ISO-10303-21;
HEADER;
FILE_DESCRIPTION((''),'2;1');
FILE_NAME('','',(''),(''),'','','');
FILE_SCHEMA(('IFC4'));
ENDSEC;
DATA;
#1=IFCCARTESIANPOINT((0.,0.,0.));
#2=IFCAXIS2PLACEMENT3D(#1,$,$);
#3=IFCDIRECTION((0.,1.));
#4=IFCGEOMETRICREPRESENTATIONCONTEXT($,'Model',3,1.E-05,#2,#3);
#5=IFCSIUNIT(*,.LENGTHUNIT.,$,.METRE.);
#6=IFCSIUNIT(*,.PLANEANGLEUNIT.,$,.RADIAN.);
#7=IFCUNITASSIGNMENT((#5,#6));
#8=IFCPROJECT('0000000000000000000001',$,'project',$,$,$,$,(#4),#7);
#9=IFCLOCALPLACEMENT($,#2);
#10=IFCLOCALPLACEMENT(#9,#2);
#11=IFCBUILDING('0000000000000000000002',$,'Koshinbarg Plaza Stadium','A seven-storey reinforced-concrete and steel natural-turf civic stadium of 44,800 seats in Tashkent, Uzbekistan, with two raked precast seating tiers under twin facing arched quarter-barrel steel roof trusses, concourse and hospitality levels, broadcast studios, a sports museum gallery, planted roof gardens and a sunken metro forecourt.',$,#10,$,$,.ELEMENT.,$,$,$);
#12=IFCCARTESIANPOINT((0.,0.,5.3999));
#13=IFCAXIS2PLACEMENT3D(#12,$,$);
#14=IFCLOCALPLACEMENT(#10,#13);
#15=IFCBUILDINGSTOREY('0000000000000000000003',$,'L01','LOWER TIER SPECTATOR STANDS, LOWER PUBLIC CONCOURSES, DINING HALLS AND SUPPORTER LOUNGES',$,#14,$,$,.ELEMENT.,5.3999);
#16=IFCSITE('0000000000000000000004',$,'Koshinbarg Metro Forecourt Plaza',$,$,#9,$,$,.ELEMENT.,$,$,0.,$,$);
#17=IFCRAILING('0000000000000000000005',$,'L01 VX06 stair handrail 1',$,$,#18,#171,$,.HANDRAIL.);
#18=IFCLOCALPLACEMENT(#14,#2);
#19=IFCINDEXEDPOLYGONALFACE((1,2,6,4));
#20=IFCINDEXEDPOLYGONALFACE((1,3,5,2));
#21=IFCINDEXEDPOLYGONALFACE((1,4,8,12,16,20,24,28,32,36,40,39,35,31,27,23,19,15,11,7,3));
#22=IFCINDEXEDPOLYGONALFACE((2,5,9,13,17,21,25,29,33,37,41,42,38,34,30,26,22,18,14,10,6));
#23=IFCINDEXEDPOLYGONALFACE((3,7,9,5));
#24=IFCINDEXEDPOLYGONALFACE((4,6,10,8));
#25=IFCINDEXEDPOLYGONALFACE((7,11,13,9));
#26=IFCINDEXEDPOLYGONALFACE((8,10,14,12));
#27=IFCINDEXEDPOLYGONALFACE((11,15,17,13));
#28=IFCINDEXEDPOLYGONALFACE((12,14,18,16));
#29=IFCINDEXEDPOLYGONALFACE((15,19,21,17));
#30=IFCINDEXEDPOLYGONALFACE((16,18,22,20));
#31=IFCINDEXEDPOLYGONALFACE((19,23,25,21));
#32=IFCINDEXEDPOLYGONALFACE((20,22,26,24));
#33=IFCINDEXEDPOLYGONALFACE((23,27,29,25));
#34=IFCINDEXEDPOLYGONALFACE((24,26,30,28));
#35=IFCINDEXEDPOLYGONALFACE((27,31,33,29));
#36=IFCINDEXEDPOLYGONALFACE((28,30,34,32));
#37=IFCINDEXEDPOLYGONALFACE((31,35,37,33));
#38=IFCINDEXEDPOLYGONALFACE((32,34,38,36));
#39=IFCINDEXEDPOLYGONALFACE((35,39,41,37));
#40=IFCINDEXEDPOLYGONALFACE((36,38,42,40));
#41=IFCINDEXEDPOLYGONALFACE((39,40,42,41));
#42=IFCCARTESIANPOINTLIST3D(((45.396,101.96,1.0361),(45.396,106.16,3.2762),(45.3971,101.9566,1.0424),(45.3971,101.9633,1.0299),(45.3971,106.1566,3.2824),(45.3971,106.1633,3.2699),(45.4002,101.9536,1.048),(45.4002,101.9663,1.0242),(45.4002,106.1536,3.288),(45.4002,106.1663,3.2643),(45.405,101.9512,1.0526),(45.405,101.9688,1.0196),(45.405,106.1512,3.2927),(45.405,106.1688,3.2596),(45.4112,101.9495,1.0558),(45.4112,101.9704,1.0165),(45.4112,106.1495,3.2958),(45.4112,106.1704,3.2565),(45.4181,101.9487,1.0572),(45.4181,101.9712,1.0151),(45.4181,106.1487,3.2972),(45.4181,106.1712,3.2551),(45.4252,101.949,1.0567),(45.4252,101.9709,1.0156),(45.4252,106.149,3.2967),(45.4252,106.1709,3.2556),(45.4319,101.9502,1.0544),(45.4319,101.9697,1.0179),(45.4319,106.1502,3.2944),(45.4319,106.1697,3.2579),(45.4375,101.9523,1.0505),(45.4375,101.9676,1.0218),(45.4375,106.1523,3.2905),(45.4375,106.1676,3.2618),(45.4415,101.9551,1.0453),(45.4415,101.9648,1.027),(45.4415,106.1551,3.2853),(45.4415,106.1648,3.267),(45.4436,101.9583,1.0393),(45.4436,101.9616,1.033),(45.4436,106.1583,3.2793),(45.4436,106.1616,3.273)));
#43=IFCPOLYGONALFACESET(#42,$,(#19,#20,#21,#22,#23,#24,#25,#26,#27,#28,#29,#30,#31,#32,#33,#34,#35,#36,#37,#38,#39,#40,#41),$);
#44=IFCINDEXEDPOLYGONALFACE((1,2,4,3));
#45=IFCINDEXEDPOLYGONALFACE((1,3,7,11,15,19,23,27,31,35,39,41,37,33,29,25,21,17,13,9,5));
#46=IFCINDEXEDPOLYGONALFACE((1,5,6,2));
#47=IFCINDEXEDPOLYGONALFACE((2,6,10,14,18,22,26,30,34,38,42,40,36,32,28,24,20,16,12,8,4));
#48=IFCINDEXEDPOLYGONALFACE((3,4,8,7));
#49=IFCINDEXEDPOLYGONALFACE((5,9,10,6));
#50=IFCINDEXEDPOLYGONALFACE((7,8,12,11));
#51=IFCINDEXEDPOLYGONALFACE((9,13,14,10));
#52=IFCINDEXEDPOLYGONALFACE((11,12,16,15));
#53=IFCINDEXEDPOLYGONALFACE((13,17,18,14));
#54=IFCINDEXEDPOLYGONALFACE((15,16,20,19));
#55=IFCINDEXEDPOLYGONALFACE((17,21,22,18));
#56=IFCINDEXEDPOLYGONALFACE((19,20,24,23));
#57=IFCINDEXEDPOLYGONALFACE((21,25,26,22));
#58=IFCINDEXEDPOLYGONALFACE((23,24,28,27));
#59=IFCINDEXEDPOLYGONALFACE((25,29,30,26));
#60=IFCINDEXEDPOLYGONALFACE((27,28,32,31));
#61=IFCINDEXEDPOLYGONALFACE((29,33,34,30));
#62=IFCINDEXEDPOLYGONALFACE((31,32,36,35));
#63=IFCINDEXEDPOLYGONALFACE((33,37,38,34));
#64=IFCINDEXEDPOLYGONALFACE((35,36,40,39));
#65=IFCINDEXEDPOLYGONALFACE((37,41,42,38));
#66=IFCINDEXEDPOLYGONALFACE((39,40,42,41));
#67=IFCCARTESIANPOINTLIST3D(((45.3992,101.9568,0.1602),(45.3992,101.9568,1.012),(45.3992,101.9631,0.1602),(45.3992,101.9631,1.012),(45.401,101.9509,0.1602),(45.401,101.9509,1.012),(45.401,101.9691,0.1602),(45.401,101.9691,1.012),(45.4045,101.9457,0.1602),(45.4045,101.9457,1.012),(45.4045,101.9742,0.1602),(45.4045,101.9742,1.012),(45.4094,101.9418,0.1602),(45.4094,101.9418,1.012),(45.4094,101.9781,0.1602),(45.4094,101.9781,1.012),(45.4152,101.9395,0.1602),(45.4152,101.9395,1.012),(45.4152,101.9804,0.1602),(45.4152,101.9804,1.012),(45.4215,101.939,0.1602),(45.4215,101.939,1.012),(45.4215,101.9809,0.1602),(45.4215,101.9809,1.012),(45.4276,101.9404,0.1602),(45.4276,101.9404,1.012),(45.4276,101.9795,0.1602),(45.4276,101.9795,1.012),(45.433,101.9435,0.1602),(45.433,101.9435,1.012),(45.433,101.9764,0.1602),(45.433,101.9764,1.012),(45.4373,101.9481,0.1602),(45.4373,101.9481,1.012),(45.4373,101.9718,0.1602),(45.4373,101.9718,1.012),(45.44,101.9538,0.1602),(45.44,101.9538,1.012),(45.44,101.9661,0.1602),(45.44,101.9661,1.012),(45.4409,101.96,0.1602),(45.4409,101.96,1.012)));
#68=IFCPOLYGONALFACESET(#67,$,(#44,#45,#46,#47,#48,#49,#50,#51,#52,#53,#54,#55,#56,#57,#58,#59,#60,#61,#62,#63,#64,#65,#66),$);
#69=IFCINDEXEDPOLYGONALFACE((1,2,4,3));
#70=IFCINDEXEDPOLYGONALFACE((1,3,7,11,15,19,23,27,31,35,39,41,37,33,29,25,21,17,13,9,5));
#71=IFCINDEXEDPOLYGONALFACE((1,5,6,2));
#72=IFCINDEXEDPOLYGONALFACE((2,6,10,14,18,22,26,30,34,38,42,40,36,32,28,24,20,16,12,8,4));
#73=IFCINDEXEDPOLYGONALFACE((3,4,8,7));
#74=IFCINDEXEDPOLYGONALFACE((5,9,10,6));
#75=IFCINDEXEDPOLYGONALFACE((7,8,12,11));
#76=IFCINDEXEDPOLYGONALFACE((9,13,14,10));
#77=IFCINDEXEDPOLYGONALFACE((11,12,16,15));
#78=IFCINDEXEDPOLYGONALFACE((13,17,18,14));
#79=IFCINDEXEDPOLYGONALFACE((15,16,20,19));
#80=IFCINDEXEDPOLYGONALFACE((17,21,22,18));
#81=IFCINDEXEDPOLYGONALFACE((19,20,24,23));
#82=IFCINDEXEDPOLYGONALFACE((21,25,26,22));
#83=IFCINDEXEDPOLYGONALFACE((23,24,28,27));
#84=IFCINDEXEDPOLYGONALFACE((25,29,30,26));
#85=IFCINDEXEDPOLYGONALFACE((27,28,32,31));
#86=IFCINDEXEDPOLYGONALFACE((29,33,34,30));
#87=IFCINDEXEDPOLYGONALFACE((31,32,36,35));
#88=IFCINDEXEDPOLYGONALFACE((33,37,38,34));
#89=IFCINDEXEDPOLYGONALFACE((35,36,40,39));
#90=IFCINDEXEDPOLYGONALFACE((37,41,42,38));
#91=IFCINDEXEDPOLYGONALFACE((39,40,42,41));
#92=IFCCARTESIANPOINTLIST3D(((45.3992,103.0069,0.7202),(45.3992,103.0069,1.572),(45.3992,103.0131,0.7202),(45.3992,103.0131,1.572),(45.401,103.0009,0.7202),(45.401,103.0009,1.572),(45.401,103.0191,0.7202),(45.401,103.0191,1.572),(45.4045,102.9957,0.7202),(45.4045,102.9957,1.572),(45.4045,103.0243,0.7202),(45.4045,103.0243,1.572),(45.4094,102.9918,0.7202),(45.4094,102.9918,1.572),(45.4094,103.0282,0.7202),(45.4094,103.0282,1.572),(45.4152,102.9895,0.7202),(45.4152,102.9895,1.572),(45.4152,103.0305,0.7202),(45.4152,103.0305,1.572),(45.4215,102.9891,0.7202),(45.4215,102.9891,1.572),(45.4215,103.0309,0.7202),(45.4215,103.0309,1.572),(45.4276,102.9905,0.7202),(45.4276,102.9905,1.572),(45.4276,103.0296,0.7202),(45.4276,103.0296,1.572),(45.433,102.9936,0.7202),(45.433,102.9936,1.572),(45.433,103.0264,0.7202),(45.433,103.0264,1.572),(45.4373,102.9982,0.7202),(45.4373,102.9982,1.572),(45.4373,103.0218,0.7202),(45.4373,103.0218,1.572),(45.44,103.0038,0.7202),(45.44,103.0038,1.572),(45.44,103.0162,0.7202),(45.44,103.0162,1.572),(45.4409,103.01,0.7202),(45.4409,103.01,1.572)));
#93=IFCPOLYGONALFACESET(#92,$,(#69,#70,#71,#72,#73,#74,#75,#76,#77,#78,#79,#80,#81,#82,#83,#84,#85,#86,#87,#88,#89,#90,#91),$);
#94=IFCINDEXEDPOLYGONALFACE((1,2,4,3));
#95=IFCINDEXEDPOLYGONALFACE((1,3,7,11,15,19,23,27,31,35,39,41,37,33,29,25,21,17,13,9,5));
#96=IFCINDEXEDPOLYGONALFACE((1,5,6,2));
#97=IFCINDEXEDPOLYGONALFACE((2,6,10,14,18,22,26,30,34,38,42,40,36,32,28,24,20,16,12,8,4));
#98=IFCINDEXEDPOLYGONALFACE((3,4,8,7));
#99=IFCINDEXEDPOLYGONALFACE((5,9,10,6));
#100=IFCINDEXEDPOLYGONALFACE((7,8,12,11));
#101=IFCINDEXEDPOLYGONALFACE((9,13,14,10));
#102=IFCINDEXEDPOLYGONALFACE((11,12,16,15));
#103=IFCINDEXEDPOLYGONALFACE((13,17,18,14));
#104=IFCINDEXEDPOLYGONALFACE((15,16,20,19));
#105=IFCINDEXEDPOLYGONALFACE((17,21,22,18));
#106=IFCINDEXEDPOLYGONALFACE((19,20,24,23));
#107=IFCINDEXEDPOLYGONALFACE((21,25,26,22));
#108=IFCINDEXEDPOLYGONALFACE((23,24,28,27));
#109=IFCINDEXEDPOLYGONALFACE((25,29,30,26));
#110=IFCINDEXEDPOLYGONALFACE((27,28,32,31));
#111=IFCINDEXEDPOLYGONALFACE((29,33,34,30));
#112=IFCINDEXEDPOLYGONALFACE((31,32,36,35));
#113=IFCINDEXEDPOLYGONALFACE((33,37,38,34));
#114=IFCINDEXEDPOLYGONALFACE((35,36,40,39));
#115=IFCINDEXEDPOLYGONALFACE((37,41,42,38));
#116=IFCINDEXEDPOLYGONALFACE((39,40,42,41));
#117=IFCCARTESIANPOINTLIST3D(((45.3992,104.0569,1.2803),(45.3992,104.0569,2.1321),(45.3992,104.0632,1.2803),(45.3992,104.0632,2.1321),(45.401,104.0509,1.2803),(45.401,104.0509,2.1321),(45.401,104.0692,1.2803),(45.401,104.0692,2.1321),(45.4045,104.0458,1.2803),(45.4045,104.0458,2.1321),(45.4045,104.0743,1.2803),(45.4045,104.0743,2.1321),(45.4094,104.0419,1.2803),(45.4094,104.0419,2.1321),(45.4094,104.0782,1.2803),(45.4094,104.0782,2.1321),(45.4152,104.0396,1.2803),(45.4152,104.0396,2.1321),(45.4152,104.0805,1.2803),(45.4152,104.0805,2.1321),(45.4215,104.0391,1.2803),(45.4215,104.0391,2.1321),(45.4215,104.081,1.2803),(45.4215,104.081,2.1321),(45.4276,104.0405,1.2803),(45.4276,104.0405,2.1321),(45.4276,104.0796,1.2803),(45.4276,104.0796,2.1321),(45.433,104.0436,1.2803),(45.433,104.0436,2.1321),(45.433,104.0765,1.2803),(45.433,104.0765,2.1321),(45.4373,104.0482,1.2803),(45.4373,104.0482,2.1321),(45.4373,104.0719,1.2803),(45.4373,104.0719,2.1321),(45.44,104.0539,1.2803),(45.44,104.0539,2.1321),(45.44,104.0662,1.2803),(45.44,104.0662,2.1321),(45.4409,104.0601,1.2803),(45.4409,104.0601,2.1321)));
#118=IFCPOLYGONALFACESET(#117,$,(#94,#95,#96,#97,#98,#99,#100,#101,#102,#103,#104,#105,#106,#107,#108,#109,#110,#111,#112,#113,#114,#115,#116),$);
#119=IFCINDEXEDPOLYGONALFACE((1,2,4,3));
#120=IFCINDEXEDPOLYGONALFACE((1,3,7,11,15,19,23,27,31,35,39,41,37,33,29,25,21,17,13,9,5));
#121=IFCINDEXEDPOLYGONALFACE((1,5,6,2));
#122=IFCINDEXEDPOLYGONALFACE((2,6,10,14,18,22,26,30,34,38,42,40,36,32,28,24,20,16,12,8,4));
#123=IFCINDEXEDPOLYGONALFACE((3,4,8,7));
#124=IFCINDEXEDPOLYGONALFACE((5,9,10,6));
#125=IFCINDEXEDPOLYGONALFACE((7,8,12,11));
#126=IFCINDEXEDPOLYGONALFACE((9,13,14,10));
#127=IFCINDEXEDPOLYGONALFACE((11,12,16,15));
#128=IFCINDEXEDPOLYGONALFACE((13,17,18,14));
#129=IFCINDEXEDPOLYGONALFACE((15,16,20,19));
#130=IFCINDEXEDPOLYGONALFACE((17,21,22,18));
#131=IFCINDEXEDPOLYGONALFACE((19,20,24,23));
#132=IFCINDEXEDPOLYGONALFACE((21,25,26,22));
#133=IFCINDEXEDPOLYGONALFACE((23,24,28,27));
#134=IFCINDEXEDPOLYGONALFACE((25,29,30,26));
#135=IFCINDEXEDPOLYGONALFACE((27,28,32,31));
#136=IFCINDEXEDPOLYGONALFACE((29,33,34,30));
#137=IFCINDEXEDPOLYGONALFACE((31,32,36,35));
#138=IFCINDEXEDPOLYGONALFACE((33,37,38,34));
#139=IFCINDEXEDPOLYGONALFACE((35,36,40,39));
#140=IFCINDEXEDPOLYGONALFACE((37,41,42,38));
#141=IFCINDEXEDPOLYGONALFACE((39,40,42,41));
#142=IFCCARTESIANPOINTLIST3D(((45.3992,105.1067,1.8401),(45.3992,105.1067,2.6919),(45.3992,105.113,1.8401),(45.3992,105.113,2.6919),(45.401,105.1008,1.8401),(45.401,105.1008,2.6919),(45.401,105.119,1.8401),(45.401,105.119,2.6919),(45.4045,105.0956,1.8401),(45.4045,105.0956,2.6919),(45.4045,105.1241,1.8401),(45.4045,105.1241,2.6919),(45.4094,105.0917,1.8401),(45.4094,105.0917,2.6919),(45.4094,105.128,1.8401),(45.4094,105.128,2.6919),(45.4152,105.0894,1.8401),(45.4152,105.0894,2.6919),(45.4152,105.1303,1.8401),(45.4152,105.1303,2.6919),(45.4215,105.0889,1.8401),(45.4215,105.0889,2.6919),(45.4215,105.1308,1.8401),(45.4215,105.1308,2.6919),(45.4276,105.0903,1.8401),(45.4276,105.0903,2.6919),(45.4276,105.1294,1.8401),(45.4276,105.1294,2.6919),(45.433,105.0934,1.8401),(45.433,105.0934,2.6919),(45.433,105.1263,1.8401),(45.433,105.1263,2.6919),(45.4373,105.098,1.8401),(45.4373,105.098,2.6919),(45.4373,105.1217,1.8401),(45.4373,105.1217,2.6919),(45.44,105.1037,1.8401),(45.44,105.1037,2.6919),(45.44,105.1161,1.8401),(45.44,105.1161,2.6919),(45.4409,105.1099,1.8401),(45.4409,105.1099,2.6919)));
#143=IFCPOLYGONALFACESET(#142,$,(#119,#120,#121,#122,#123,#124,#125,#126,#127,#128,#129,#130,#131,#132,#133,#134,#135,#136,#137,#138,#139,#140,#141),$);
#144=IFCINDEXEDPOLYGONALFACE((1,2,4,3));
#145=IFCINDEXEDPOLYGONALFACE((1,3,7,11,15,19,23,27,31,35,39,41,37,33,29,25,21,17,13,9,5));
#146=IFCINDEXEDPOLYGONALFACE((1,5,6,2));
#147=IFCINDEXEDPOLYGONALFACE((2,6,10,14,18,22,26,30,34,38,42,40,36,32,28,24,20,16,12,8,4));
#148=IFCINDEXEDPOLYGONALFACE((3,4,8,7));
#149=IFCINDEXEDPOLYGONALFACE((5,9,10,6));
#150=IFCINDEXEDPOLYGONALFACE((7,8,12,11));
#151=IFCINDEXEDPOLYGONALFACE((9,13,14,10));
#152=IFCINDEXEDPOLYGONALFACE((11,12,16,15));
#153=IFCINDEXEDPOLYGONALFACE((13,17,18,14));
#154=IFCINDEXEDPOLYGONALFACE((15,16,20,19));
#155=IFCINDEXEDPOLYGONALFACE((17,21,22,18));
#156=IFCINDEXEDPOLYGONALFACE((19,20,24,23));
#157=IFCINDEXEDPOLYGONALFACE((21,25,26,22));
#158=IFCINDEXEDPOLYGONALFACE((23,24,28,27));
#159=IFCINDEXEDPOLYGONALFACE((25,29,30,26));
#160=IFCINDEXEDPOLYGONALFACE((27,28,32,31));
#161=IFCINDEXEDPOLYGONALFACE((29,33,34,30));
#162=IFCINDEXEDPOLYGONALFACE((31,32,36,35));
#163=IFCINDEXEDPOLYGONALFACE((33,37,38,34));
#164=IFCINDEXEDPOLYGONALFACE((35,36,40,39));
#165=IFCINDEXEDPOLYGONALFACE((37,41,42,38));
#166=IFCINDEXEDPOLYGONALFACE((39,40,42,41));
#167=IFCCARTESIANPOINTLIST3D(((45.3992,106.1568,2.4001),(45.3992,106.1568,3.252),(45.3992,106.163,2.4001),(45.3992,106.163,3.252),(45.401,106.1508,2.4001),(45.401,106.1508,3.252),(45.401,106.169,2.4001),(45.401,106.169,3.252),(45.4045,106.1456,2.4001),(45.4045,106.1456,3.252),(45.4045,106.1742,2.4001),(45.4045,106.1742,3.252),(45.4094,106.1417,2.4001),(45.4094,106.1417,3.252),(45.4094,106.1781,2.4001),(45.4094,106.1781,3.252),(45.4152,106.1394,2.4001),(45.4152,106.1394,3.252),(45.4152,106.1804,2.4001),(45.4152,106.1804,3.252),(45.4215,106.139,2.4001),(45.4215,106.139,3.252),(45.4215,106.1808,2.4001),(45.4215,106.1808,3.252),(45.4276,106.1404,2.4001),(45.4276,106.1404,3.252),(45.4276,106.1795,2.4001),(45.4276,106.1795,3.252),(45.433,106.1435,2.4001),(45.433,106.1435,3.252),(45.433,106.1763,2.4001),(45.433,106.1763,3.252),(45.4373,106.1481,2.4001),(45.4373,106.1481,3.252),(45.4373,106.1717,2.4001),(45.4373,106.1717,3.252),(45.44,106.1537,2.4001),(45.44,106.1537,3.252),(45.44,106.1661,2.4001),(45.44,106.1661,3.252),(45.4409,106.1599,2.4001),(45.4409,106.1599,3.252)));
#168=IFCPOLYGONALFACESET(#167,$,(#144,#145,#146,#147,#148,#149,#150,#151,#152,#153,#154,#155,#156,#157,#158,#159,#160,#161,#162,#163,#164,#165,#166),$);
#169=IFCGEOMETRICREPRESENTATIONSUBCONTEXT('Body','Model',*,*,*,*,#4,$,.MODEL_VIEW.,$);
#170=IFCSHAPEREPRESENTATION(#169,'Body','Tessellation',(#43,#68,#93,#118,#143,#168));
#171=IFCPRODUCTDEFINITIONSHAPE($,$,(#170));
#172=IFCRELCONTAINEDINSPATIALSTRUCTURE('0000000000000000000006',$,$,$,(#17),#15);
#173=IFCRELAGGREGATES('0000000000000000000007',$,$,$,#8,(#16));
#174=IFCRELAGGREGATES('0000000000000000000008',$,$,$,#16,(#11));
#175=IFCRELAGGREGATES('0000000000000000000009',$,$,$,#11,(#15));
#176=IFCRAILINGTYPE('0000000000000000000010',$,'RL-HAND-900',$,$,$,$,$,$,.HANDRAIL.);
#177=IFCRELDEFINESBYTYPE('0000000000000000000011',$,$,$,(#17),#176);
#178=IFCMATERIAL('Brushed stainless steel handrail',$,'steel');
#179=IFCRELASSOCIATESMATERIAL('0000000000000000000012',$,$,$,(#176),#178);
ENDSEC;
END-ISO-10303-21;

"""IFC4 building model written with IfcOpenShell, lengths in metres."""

from ifc_helpers import new_model, si_unit, direction, frame, origin, origin_2d, place, context, subcontext, project, spatial, circle, extrude, material, type_object, element, save


model = new_model("IFC4")

# Units and contexts
model_context = context("Model", 3, precision=1e-05, world=origin(), true_north=direction((0.0, 1.0)))
body_context = subcontext(model_context, "Body", "Model", "MODEL_VIEW")
ifc_project = project(units=[si_unit("LENGTHUNIT", "METRE"), si_unit("PLANEANGLEUNIT", "RADIAN")], contexts=[model_context])

# Site, building, storey
site_placement = place(None, origin())
site = spatial("IfcSite", under=ifc_project, at=site_placement, Name="Koshinbarg Metro Forecourt Plaza", CompositionType="ELEMENT", RefElevation=0.0)
building_placement = place(site_placement, origin())
building = spatial("IfcBuilding", under=site, at=building_placement, Name="Koshinbarg Plaza Stadium", Description="A seven-storey reinforced-concrete and steel natural-turf civic stadium of 44,800 seats in Tashkent, Uzbekistan, with two raked precast seating tiers under twin facing arched quarter-barrel steel roof trusses, concourse and hospitality levels, broadcast studios, a sports museum gallery, planted roof gardens and a sunken metro forecourt.", CompositionType="ELEMENT")
storey_placement = place(building_placement, frame((0.0, 0.0, 5.3999)))
storey = spatial("IfcBuildingStorey", under=building, at=storey_placement, Name="L01", Description="LOWER TIER SPECTATOR STANDS, LOWER PUBLIC CONCOURSES, DINING HALLS AND SUPPORTER LOUNGES", CompositionType="ELEMENT", Elevation=5.3999)

# Railing
ifc_material_1 = material(Name="Brushed stainless steel handrail", Category="steel")
railing_type_1 = type_object("IfcRailingType", Name="RL-HAND-900", PredefinedType="HANDRAIL", material=ifc_material_1)
for number, where, name in (
    (1, (45.4199, 101.96, 0.1602), "L01 VX06 stair handrail 1"),
):
    element("IfcRailing", number, at=place(storey_placement, frame(where)), inside=storey, type_object=railing_type_1, Name=name, PredefinedType="HANDRAIL", context=body_context, shape_type="SweptSolid", body=[
        extrude(circle(Radius=0.0239, at=origin_2d()), frame((0.0, 0.0, 0.876), z_axis=(0.0, 0.882352, 0.470591), x_axis=(-1.0, 0.0, 0.0)), (0.0, 0.0, 1.0), 4.76),
        extrude(circle(Radius=0.021, at=origin_2d()), origin(), (0.0, 0.0, 1.0), 0.8518),
        extrude(circle(Radius=0.021, at=origin_2d()), frame((0.0, 1.05, 0.5601)), (0.0, 0.0, 1.0), 0.8518),
        extrude(circle(Radius=0.021, at=origin_2d()), frame((0.0, 2.1001, 1.1201)), (0.0, 0.0, 1.0), 0.8518),
        extrude(circle(Radius=0.021, at=origin_2d()), frame((0.0, 3.1499, 1.6799)), (0.0, 0.0, 1.0), 0.8518),
        extrude(circle(Radius=0.021, at=origin_2d()), frame((0.0, 4.2, 2.24)), (0.0, 0.0, 1.0), 0.8518),
    ])

save(model, "model.ifc")
